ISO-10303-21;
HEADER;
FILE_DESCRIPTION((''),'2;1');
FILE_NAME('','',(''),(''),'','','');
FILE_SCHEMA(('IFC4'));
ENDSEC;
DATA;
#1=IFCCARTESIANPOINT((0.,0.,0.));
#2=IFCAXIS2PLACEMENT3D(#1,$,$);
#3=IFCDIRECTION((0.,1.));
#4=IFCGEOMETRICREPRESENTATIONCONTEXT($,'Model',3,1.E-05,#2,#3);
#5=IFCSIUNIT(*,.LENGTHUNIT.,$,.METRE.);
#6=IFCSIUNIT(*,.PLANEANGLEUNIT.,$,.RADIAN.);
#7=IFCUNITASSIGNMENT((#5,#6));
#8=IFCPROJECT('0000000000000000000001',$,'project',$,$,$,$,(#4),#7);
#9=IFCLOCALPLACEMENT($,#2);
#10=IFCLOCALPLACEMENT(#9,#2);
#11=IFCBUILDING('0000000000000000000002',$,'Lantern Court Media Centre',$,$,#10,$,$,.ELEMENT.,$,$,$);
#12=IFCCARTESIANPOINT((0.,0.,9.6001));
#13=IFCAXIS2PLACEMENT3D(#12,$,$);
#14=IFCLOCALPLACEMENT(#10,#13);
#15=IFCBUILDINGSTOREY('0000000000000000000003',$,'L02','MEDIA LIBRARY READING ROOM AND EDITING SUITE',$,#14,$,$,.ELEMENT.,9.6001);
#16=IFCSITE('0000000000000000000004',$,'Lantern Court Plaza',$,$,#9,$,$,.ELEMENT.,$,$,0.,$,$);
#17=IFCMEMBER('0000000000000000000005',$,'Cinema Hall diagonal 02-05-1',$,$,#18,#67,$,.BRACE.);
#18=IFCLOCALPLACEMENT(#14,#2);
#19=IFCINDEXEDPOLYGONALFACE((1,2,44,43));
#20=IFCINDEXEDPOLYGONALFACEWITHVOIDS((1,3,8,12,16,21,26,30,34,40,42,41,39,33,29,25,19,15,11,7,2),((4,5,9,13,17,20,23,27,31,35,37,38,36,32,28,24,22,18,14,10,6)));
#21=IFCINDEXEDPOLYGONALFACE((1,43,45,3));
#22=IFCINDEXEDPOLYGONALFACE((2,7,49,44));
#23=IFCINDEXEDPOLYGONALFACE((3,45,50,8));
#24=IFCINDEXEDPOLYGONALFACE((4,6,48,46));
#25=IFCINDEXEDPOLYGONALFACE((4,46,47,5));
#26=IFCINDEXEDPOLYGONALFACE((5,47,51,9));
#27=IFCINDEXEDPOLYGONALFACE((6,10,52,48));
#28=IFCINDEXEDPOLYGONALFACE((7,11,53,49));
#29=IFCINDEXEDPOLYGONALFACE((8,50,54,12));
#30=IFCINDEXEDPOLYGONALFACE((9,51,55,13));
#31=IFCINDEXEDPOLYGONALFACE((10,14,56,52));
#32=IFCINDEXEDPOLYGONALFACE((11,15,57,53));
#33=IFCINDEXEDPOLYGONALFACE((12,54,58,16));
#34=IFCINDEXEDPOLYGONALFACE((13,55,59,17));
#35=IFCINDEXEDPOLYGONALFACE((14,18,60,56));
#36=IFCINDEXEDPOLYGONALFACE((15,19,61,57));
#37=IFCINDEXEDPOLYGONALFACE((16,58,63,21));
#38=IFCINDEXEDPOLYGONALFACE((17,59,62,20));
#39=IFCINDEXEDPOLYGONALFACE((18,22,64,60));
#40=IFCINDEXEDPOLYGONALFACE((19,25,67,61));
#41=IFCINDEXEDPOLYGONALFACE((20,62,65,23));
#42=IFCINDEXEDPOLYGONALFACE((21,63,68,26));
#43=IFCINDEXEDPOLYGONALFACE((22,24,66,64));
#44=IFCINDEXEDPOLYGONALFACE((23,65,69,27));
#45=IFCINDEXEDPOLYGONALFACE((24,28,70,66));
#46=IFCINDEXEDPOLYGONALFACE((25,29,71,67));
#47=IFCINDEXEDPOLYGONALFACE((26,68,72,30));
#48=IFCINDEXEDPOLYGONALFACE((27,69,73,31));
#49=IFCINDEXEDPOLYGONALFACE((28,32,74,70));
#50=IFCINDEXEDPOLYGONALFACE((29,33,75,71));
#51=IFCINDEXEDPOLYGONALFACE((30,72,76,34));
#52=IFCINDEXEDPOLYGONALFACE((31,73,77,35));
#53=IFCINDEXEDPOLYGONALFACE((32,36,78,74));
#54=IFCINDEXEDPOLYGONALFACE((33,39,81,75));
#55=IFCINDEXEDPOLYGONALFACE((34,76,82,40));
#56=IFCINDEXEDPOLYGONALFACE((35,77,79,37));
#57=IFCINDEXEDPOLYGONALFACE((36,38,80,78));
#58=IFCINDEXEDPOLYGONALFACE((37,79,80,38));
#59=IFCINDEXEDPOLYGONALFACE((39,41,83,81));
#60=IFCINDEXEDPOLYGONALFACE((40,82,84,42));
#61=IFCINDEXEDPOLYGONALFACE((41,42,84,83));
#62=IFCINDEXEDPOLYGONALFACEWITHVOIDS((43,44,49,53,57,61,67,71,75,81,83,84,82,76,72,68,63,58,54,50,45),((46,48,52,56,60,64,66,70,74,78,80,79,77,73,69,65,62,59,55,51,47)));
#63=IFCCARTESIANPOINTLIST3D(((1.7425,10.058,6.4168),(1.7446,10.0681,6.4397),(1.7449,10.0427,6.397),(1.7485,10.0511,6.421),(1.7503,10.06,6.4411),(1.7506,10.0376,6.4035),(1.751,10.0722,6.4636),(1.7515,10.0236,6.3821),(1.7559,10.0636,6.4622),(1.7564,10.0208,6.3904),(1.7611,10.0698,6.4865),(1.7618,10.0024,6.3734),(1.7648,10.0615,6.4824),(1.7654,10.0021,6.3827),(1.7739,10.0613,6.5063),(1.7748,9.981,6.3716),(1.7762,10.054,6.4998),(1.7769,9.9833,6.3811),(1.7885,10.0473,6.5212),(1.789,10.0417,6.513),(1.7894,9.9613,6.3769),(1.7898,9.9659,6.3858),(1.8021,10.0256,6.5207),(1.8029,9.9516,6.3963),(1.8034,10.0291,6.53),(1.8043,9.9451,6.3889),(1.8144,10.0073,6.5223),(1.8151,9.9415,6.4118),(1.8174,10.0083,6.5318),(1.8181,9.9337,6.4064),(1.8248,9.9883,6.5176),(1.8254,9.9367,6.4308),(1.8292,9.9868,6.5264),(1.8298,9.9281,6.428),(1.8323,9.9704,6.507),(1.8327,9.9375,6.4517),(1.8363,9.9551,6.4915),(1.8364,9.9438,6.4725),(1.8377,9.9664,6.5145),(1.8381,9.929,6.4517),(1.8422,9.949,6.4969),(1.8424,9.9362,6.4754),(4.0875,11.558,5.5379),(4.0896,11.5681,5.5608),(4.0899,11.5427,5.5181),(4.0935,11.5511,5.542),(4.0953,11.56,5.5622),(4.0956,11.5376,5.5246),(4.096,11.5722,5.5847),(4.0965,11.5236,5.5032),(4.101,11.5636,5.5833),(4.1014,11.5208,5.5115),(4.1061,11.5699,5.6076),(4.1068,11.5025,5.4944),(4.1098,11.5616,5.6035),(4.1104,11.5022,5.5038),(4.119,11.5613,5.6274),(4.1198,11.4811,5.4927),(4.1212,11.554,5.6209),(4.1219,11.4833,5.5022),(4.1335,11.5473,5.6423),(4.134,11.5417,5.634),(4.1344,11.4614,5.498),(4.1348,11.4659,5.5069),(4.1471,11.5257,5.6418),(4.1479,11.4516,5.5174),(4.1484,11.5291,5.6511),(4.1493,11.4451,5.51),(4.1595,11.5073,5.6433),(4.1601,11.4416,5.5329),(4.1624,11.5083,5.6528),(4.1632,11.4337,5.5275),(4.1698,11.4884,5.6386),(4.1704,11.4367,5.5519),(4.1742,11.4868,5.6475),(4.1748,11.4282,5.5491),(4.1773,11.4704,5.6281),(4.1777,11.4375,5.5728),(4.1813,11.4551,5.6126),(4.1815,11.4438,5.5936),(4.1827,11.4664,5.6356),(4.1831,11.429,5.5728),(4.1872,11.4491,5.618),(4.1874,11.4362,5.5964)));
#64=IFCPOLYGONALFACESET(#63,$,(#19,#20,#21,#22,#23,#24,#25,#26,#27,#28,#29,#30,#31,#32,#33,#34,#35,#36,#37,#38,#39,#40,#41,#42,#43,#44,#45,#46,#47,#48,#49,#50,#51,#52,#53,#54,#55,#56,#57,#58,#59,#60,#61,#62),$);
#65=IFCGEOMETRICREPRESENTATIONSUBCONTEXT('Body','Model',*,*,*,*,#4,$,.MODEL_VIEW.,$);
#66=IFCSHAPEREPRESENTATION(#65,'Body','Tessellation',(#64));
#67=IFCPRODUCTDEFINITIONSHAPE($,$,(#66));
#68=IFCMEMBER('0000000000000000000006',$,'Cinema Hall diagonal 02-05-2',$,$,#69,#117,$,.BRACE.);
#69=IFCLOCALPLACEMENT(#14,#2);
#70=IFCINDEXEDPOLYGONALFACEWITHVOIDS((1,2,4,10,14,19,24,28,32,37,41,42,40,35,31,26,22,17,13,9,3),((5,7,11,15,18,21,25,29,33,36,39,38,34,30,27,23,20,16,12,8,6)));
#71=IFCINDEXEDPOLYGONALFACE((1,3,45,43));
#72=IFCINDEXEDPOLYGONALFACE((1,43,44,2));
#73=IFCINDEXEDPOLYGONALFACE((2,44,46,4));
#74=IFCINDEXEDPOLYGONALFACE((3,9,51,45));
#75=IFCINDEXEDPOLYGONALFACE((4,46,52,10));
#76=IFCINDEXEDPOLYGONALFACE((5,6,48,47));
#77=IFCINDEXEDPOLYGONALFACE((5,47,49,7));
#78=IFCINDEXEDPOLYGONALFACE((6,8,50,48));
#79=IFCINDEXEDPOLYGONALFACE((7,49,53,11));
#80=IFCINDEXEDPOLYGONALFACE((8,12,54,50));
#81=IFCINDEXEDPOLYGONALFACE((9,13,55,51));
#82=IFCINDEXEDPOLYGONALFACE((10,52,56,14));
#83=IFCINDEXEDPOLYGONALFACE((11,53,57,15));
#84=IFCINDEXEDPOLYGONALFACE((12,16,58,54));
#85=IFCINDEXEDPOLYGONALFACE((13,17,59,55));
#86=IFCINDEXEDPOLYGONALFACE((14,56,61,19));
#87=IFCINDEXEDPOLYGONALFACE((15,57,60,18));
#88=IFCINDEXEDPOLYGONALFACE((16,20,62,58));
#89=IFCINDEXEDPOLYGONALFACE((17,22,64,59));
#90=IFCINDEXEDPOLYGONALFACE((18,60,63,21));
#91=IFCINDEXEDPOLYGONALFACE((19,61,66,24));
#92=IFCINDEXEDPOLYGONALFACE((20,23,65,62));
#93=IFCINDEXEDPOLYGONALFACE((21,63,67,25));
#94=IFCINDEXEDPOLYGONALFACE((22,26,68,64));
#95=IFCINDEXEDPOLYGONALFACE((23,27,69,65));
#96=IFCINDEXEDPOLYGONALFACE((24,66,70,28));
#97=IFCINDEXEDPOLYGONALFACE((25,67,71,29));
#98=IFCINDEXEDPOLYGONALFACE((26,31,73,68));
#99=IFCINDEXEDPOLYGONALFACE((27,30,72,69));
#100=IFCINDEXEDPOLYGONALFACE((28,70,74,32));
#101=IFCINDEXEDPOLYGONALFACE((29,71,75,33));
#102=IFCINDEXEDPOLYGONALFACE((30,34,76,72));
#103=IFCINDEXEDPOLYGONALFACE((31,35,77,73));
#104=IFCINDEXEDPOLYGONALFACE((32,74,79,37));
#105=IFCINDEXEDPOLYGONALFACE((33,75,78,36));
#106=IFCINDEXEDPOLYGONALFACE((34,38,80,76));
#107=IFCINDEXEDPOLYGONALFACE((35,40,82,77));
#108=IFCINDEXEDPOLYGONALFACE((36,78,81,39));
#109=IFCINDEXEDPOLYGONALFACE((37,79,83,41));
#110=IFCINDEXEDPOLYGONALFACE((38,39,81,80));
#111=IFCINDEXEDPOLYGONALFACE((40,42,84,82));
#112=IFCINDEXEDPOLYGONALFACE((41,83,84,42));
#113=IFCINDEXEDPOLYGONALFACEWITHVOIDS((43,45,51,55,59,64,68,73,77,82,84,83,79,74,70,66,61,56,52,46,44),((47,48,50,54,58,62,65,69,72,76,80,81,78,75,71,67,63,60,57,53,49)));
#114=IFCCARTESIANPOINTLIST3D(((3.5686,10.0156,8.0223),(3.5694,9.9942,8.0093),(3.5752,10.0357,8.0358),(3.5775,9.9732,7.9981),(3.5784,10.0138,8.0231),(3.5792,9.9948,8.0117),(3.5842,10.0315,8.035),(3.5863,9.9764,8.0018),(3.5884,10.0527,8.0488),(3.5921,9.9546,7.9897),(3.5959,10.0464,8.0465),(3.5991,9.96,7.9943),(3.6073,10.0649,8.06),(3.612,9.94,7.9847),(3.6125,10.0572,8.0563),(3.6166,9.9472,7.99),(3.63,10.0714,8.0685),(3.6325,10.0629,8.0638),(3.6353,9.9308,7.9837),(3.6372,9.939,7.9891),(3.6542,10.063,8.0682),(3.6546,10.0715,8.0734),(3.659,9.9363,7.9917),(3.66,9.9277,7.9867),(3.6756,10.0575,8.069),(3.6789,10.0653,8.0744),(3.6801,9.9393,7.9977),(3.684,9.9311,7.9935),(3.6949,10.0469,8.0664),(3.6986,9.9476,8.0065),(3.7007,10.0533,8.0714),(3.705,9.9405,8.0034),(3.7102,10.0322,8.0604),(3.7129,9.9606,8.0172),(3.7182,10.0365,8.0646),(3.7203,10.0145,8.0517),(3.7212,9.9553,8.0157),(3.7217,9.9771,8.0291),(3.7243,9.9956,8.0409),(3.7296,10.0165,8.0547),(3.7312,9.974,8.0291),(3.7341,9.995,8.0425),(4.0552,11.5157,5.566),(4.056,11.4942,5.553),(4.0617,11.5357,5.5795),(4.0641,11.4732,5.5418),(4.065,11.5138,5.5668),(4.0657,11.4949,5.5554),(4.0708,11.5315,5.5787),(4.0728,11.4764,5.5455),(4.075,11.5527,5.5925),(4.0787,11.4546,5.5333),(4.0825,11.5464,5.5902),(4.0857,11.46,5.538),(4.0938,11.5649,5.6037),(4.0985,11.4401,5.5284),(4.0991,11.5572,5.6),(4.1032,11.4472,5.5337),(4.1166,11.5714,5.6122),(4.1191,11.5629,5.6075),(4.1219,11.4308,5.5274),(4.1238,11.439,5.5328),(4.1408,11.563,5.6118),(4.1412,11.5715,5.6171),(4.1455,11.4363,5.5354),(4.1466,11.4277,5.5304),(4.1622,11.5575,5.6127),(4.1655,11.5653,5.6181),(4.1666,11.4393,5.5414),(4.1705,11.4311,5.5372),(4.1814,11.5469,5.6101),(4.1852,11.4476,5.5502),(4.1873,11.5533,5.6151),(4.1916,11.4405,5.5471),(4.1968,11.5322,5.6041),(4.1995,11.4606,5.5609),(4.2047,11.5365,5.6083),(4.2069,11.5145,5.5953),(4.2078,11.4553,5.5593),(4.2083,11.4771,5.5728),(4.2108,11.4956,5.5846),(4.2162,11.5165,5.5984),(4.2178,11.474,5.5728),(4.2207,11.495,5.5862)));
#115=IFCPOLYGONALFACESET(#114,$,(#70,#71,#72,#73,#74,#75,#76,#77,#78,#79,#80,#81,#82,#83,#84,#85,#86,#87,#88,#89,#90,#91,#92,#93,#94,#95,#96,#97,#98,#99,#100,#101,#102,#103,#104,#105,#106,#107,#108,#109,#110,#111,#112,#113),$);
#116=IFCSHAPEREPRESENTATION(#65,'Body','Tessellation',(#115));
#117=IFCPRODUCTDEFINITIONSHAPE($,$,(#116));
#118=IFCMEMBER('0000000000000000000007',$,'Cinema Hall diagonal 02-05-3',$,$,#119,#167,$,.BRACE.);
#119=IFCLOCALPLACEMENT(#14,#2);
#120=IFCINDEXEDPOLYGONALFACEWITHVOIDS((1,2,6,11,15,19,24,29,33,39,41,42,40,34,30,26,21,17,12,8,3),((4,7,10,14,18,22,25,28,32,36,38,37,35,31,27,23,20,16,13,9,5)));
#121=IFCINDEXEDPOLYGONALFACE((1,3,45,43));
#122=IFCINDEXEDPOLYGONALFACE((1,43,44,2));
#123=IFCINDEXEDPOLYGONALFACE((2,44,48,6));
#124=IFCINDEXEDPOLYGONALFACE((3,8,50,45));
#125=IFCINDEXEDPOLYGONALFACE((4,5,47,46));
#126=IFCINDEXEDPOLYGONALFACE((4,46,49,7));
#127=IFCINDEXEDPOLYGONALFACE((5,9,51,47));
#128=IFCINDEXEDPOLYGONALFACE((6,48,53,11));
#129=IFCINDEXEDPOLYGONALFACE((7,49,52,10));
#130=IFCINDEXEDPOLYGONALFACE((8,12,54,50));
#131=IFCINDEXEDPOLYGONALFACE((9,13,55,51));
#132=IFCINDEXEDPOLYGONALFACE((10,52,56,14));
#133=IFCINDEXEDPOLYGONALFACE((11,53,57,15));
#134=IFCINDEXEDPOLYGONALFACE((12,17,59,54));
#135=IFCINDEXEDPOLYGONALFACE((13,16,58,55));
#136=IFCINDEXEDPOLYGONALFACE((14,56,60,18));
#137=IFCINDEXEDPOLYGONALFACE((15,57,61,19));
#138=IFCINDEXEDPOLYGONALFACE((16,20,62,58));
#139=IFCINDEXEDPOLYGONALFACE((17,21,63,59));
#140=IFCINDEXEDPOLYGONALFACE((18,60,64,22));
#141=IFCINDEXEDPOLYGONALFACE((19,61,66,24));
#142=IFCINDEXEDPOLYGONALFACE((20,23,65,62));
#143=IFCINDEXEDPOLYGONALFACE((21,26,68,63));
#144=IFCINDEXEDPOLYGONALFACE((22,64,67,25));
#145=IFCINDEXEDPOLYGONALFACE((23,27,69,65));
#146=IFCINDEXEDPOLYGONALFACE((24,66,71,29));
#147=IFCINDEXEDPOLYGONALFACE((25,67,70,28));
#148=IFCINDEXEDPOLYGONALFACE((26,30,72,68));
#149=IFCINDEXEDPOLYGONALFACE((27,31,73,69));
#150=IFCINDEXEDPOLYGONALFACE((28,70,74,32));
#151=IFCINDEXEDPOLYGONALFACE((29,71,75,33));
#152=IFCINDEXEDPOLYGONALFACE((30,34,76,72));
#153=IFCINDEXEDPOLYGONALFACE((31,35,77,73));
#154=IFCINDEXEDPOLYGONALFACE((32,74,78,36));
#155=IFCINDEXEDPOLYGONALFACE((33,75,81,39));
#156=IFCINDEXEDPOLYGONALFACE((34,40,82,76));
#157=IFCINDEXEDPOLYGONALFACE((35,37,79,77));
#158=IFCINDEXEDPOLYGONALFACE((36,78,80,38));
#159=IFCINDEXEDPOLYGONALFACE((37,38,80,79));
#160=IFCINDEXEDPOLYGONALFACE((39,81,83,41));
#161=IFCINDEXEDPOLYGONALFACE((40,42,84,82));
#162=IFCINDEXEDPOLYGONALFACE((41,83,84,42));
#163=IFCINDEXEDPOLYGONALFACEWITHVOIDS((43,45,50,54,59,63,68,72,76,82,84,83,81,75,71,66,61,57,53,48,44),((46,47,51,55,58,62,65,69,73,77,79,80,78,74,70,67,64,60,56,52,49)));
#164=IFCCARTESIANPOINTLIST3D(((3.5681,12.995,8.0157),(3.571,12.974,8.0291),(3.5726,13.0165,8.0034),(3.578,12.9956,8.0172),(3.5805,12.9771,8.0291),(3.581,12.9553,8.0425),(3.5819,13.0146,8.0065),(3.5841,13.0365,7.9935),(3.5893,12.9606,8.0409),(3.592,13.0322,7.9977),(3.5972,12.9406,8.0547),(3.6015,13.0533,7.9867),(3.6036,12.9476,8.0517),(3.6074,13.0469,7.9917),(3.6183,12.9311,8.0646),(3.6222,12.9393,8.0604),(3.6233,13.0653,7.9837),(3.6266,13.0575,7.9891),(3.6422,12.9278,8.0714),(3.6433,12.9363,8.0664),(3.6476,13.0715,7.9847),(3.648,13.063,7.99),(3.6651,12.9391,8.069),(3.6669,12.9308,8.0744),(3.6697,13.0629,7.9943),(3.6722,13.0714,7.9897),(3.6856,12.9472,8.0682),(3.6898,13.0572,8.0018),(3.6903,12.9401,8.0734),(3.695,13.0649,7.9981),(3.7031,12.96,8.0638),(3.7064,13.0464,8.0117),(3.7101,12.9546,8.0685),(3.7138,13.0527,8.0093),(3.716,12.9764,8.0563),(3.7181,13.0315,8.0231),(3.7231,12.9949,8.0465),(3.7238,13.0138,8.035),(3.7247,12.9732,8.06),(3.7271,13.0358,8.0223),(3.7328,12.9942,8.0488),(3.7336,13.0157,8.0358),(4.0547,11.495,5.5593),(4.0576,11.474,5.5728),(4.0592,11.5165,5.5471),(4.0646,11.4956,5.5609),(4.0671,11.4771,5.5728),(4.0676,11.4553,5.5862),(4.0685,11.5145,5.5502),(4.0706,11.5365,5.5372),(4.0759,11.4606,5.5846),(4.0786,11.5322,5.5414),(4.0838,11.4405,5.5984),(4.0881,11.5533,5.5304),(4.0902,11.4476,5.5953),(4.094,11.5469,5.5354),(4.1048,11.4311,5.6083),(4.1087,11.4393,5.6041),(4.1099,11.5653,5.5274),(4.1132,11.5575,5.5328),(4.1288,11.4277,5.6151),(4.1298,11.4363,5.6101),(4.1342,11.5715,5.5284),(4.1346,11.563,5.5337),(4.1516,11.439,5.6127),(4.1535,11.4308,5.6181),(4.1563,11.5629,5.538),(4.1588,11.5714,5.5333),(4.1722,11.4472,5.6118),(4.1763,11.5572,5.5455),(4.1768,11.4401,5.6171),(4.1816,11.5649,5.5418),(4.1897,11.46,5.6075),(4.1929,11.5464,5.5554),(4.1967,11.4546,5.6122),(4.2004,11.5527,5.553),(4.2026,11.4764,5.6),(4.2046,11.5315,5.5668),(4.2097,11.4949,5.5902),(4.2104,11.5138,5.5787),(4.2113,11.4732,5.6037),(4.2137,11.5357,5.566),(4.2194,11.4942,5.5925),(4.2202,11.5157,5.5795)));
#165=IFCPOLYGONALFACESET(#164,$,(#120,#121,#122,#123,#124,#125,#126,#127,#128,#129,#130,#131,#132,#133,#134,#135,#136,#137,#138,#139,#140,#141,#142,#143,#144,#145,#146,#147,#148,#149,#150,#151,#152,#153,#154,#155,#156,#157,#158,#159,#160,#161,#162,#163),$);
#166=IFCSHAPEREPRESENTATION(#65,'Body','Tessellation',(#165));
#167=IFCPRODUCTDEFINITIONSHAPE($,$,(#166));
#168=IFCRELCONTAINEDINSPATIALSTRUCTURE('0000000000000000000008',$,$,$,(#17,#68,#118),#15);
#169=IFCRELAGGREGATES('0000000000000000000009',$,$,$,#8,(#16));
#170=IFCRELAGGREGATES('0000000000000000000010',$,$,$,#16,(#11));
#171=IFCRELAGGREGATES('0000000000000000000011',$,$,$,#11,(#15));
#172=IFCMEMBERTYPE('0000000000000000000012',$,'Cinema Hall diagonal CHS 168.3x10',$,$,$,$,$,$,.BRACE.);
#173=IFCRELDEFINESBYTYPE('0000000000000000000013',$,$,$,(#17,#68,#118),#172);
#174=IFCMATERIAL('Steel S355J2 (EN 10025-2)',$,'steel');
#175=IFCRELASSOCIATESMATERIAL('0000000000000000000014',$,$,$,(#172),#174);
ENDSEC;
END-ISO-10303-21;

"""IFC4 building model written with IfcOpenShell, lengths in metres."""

from ifc_helpers import new_model, si_unit, direction, frame, origin, origin_2d, place, context, subcontext, project, spatial, hollow_circle, extrude, material, material_profile, profile_set, type_object, element, save


model = new_model("IFC4")

# Units and contexts
model_context = context("Model", 3, precision=1e-05, world=origin(), true_north=direction((0.0, 1.0)))
body_context = subcontext(model_context, "Body", "Model", "MODEL_VIEW")
ifc_project = project(units=[si_unit("LENGTHUNIT", "METRE"), si_unit("PLANEANGLEUNIT", "RADIAN")], contexts=[model_context])

# Site, building, storey
site_placement = place(None, origin())
site = spatial("IfcSite", under=ifc_project, at=site_placement, Name="Lantern Court Plaza", CompositionType="ELEMENT", RefElevation=0.0)
building_placement = place(site_placement, origin())
building = spatial("IfcBuilding", under=site, at=building_placement, Name="Lantern Court Media Centre", CompositionType="ELEMENT")
storey_placement = place(building_placement, frame((0.0, 0.0, 9.6001)))
storey = spatial("IfcBuildingStorey", under=building, at=storey_placement, Name="L02", Description="MEDIA LIBRARY READING ROOM AND EDITING SUITE", CompositionType="ELEMENT", Elevation=9.6001)

# Shared definitions
ifc_material = material(Name="Steel S355J2 (EN 10025-2)", Category="steel")

# Members
ifc_material_profile_1 = material_profile(ifc_material, hollow_circle(Radius=0.0842, WallThickness=0.01, at=origin_2d()), Name="Cinema Hall diagonal CHS 168.3x10")
ifc_profile_set_1 = profile_set([ifc_material_profile_1], Name="Steel S355J2 (EN 10025-2)")
member_type_1 = type_object("IfcMemberType", Name="Cinema Hall diagonal CHS 168.3x10", PredefinedType="BRACE", material=ifc_profile_set_1)
member_1_placement = place(storey_placement, frame((4.1377, 11.5, 5.5728), z_axis=(-0.803309, -0.51385, 0.301084), x_axis=(0.538855, -0.842399, 0.0)))
element("IfcMember", 1, at=member_1_placement, inside=storey, type_object=member_type_1, Name="Cinema Hall diagonal 02-05-1", PredefinedType="BRACE", context=body_context, shape_type="SweptSolid", body=[
    extrude(hollow_circle(Radius=0.0842, WallThickness=0.01, at=origin_2d()), origin(), (0.0, 0.0, 1.0), 2.9192),
])
for number, where, z_axis, x_axis, name in (
    (2, (4.1377, 11.5, 5.5728), (-0.166695, -0.513887, 0.841506), (0.951207, -0.308554, 0.0), "Cinema Hall diagonal 02-05-2"),
    (3, (4.1377, 11.5, 5.5728), (-0.166695, 0.513887, 0.841506), (-0.951207, -0.308554, 0.0), "Cinema Hall diagonal 02-05-3"),
):
    element("IfcMember", number, at=place(storey_placement, frame(where, z_axis=z_axis, x_axis=x_axis)), inside=storey, type_object=member_type_1, Name=name, PredefinedType="BRACE", context=body_context, shape_type="SweptSolid", body=[
        extrude(hollow_circle(Radius=0.0842, WallThickness=0.01, at=origin_2d()), origin(), (0.0, 0.0, 1.0), 2.9189),
    ])

save(model, "model.ifc")
